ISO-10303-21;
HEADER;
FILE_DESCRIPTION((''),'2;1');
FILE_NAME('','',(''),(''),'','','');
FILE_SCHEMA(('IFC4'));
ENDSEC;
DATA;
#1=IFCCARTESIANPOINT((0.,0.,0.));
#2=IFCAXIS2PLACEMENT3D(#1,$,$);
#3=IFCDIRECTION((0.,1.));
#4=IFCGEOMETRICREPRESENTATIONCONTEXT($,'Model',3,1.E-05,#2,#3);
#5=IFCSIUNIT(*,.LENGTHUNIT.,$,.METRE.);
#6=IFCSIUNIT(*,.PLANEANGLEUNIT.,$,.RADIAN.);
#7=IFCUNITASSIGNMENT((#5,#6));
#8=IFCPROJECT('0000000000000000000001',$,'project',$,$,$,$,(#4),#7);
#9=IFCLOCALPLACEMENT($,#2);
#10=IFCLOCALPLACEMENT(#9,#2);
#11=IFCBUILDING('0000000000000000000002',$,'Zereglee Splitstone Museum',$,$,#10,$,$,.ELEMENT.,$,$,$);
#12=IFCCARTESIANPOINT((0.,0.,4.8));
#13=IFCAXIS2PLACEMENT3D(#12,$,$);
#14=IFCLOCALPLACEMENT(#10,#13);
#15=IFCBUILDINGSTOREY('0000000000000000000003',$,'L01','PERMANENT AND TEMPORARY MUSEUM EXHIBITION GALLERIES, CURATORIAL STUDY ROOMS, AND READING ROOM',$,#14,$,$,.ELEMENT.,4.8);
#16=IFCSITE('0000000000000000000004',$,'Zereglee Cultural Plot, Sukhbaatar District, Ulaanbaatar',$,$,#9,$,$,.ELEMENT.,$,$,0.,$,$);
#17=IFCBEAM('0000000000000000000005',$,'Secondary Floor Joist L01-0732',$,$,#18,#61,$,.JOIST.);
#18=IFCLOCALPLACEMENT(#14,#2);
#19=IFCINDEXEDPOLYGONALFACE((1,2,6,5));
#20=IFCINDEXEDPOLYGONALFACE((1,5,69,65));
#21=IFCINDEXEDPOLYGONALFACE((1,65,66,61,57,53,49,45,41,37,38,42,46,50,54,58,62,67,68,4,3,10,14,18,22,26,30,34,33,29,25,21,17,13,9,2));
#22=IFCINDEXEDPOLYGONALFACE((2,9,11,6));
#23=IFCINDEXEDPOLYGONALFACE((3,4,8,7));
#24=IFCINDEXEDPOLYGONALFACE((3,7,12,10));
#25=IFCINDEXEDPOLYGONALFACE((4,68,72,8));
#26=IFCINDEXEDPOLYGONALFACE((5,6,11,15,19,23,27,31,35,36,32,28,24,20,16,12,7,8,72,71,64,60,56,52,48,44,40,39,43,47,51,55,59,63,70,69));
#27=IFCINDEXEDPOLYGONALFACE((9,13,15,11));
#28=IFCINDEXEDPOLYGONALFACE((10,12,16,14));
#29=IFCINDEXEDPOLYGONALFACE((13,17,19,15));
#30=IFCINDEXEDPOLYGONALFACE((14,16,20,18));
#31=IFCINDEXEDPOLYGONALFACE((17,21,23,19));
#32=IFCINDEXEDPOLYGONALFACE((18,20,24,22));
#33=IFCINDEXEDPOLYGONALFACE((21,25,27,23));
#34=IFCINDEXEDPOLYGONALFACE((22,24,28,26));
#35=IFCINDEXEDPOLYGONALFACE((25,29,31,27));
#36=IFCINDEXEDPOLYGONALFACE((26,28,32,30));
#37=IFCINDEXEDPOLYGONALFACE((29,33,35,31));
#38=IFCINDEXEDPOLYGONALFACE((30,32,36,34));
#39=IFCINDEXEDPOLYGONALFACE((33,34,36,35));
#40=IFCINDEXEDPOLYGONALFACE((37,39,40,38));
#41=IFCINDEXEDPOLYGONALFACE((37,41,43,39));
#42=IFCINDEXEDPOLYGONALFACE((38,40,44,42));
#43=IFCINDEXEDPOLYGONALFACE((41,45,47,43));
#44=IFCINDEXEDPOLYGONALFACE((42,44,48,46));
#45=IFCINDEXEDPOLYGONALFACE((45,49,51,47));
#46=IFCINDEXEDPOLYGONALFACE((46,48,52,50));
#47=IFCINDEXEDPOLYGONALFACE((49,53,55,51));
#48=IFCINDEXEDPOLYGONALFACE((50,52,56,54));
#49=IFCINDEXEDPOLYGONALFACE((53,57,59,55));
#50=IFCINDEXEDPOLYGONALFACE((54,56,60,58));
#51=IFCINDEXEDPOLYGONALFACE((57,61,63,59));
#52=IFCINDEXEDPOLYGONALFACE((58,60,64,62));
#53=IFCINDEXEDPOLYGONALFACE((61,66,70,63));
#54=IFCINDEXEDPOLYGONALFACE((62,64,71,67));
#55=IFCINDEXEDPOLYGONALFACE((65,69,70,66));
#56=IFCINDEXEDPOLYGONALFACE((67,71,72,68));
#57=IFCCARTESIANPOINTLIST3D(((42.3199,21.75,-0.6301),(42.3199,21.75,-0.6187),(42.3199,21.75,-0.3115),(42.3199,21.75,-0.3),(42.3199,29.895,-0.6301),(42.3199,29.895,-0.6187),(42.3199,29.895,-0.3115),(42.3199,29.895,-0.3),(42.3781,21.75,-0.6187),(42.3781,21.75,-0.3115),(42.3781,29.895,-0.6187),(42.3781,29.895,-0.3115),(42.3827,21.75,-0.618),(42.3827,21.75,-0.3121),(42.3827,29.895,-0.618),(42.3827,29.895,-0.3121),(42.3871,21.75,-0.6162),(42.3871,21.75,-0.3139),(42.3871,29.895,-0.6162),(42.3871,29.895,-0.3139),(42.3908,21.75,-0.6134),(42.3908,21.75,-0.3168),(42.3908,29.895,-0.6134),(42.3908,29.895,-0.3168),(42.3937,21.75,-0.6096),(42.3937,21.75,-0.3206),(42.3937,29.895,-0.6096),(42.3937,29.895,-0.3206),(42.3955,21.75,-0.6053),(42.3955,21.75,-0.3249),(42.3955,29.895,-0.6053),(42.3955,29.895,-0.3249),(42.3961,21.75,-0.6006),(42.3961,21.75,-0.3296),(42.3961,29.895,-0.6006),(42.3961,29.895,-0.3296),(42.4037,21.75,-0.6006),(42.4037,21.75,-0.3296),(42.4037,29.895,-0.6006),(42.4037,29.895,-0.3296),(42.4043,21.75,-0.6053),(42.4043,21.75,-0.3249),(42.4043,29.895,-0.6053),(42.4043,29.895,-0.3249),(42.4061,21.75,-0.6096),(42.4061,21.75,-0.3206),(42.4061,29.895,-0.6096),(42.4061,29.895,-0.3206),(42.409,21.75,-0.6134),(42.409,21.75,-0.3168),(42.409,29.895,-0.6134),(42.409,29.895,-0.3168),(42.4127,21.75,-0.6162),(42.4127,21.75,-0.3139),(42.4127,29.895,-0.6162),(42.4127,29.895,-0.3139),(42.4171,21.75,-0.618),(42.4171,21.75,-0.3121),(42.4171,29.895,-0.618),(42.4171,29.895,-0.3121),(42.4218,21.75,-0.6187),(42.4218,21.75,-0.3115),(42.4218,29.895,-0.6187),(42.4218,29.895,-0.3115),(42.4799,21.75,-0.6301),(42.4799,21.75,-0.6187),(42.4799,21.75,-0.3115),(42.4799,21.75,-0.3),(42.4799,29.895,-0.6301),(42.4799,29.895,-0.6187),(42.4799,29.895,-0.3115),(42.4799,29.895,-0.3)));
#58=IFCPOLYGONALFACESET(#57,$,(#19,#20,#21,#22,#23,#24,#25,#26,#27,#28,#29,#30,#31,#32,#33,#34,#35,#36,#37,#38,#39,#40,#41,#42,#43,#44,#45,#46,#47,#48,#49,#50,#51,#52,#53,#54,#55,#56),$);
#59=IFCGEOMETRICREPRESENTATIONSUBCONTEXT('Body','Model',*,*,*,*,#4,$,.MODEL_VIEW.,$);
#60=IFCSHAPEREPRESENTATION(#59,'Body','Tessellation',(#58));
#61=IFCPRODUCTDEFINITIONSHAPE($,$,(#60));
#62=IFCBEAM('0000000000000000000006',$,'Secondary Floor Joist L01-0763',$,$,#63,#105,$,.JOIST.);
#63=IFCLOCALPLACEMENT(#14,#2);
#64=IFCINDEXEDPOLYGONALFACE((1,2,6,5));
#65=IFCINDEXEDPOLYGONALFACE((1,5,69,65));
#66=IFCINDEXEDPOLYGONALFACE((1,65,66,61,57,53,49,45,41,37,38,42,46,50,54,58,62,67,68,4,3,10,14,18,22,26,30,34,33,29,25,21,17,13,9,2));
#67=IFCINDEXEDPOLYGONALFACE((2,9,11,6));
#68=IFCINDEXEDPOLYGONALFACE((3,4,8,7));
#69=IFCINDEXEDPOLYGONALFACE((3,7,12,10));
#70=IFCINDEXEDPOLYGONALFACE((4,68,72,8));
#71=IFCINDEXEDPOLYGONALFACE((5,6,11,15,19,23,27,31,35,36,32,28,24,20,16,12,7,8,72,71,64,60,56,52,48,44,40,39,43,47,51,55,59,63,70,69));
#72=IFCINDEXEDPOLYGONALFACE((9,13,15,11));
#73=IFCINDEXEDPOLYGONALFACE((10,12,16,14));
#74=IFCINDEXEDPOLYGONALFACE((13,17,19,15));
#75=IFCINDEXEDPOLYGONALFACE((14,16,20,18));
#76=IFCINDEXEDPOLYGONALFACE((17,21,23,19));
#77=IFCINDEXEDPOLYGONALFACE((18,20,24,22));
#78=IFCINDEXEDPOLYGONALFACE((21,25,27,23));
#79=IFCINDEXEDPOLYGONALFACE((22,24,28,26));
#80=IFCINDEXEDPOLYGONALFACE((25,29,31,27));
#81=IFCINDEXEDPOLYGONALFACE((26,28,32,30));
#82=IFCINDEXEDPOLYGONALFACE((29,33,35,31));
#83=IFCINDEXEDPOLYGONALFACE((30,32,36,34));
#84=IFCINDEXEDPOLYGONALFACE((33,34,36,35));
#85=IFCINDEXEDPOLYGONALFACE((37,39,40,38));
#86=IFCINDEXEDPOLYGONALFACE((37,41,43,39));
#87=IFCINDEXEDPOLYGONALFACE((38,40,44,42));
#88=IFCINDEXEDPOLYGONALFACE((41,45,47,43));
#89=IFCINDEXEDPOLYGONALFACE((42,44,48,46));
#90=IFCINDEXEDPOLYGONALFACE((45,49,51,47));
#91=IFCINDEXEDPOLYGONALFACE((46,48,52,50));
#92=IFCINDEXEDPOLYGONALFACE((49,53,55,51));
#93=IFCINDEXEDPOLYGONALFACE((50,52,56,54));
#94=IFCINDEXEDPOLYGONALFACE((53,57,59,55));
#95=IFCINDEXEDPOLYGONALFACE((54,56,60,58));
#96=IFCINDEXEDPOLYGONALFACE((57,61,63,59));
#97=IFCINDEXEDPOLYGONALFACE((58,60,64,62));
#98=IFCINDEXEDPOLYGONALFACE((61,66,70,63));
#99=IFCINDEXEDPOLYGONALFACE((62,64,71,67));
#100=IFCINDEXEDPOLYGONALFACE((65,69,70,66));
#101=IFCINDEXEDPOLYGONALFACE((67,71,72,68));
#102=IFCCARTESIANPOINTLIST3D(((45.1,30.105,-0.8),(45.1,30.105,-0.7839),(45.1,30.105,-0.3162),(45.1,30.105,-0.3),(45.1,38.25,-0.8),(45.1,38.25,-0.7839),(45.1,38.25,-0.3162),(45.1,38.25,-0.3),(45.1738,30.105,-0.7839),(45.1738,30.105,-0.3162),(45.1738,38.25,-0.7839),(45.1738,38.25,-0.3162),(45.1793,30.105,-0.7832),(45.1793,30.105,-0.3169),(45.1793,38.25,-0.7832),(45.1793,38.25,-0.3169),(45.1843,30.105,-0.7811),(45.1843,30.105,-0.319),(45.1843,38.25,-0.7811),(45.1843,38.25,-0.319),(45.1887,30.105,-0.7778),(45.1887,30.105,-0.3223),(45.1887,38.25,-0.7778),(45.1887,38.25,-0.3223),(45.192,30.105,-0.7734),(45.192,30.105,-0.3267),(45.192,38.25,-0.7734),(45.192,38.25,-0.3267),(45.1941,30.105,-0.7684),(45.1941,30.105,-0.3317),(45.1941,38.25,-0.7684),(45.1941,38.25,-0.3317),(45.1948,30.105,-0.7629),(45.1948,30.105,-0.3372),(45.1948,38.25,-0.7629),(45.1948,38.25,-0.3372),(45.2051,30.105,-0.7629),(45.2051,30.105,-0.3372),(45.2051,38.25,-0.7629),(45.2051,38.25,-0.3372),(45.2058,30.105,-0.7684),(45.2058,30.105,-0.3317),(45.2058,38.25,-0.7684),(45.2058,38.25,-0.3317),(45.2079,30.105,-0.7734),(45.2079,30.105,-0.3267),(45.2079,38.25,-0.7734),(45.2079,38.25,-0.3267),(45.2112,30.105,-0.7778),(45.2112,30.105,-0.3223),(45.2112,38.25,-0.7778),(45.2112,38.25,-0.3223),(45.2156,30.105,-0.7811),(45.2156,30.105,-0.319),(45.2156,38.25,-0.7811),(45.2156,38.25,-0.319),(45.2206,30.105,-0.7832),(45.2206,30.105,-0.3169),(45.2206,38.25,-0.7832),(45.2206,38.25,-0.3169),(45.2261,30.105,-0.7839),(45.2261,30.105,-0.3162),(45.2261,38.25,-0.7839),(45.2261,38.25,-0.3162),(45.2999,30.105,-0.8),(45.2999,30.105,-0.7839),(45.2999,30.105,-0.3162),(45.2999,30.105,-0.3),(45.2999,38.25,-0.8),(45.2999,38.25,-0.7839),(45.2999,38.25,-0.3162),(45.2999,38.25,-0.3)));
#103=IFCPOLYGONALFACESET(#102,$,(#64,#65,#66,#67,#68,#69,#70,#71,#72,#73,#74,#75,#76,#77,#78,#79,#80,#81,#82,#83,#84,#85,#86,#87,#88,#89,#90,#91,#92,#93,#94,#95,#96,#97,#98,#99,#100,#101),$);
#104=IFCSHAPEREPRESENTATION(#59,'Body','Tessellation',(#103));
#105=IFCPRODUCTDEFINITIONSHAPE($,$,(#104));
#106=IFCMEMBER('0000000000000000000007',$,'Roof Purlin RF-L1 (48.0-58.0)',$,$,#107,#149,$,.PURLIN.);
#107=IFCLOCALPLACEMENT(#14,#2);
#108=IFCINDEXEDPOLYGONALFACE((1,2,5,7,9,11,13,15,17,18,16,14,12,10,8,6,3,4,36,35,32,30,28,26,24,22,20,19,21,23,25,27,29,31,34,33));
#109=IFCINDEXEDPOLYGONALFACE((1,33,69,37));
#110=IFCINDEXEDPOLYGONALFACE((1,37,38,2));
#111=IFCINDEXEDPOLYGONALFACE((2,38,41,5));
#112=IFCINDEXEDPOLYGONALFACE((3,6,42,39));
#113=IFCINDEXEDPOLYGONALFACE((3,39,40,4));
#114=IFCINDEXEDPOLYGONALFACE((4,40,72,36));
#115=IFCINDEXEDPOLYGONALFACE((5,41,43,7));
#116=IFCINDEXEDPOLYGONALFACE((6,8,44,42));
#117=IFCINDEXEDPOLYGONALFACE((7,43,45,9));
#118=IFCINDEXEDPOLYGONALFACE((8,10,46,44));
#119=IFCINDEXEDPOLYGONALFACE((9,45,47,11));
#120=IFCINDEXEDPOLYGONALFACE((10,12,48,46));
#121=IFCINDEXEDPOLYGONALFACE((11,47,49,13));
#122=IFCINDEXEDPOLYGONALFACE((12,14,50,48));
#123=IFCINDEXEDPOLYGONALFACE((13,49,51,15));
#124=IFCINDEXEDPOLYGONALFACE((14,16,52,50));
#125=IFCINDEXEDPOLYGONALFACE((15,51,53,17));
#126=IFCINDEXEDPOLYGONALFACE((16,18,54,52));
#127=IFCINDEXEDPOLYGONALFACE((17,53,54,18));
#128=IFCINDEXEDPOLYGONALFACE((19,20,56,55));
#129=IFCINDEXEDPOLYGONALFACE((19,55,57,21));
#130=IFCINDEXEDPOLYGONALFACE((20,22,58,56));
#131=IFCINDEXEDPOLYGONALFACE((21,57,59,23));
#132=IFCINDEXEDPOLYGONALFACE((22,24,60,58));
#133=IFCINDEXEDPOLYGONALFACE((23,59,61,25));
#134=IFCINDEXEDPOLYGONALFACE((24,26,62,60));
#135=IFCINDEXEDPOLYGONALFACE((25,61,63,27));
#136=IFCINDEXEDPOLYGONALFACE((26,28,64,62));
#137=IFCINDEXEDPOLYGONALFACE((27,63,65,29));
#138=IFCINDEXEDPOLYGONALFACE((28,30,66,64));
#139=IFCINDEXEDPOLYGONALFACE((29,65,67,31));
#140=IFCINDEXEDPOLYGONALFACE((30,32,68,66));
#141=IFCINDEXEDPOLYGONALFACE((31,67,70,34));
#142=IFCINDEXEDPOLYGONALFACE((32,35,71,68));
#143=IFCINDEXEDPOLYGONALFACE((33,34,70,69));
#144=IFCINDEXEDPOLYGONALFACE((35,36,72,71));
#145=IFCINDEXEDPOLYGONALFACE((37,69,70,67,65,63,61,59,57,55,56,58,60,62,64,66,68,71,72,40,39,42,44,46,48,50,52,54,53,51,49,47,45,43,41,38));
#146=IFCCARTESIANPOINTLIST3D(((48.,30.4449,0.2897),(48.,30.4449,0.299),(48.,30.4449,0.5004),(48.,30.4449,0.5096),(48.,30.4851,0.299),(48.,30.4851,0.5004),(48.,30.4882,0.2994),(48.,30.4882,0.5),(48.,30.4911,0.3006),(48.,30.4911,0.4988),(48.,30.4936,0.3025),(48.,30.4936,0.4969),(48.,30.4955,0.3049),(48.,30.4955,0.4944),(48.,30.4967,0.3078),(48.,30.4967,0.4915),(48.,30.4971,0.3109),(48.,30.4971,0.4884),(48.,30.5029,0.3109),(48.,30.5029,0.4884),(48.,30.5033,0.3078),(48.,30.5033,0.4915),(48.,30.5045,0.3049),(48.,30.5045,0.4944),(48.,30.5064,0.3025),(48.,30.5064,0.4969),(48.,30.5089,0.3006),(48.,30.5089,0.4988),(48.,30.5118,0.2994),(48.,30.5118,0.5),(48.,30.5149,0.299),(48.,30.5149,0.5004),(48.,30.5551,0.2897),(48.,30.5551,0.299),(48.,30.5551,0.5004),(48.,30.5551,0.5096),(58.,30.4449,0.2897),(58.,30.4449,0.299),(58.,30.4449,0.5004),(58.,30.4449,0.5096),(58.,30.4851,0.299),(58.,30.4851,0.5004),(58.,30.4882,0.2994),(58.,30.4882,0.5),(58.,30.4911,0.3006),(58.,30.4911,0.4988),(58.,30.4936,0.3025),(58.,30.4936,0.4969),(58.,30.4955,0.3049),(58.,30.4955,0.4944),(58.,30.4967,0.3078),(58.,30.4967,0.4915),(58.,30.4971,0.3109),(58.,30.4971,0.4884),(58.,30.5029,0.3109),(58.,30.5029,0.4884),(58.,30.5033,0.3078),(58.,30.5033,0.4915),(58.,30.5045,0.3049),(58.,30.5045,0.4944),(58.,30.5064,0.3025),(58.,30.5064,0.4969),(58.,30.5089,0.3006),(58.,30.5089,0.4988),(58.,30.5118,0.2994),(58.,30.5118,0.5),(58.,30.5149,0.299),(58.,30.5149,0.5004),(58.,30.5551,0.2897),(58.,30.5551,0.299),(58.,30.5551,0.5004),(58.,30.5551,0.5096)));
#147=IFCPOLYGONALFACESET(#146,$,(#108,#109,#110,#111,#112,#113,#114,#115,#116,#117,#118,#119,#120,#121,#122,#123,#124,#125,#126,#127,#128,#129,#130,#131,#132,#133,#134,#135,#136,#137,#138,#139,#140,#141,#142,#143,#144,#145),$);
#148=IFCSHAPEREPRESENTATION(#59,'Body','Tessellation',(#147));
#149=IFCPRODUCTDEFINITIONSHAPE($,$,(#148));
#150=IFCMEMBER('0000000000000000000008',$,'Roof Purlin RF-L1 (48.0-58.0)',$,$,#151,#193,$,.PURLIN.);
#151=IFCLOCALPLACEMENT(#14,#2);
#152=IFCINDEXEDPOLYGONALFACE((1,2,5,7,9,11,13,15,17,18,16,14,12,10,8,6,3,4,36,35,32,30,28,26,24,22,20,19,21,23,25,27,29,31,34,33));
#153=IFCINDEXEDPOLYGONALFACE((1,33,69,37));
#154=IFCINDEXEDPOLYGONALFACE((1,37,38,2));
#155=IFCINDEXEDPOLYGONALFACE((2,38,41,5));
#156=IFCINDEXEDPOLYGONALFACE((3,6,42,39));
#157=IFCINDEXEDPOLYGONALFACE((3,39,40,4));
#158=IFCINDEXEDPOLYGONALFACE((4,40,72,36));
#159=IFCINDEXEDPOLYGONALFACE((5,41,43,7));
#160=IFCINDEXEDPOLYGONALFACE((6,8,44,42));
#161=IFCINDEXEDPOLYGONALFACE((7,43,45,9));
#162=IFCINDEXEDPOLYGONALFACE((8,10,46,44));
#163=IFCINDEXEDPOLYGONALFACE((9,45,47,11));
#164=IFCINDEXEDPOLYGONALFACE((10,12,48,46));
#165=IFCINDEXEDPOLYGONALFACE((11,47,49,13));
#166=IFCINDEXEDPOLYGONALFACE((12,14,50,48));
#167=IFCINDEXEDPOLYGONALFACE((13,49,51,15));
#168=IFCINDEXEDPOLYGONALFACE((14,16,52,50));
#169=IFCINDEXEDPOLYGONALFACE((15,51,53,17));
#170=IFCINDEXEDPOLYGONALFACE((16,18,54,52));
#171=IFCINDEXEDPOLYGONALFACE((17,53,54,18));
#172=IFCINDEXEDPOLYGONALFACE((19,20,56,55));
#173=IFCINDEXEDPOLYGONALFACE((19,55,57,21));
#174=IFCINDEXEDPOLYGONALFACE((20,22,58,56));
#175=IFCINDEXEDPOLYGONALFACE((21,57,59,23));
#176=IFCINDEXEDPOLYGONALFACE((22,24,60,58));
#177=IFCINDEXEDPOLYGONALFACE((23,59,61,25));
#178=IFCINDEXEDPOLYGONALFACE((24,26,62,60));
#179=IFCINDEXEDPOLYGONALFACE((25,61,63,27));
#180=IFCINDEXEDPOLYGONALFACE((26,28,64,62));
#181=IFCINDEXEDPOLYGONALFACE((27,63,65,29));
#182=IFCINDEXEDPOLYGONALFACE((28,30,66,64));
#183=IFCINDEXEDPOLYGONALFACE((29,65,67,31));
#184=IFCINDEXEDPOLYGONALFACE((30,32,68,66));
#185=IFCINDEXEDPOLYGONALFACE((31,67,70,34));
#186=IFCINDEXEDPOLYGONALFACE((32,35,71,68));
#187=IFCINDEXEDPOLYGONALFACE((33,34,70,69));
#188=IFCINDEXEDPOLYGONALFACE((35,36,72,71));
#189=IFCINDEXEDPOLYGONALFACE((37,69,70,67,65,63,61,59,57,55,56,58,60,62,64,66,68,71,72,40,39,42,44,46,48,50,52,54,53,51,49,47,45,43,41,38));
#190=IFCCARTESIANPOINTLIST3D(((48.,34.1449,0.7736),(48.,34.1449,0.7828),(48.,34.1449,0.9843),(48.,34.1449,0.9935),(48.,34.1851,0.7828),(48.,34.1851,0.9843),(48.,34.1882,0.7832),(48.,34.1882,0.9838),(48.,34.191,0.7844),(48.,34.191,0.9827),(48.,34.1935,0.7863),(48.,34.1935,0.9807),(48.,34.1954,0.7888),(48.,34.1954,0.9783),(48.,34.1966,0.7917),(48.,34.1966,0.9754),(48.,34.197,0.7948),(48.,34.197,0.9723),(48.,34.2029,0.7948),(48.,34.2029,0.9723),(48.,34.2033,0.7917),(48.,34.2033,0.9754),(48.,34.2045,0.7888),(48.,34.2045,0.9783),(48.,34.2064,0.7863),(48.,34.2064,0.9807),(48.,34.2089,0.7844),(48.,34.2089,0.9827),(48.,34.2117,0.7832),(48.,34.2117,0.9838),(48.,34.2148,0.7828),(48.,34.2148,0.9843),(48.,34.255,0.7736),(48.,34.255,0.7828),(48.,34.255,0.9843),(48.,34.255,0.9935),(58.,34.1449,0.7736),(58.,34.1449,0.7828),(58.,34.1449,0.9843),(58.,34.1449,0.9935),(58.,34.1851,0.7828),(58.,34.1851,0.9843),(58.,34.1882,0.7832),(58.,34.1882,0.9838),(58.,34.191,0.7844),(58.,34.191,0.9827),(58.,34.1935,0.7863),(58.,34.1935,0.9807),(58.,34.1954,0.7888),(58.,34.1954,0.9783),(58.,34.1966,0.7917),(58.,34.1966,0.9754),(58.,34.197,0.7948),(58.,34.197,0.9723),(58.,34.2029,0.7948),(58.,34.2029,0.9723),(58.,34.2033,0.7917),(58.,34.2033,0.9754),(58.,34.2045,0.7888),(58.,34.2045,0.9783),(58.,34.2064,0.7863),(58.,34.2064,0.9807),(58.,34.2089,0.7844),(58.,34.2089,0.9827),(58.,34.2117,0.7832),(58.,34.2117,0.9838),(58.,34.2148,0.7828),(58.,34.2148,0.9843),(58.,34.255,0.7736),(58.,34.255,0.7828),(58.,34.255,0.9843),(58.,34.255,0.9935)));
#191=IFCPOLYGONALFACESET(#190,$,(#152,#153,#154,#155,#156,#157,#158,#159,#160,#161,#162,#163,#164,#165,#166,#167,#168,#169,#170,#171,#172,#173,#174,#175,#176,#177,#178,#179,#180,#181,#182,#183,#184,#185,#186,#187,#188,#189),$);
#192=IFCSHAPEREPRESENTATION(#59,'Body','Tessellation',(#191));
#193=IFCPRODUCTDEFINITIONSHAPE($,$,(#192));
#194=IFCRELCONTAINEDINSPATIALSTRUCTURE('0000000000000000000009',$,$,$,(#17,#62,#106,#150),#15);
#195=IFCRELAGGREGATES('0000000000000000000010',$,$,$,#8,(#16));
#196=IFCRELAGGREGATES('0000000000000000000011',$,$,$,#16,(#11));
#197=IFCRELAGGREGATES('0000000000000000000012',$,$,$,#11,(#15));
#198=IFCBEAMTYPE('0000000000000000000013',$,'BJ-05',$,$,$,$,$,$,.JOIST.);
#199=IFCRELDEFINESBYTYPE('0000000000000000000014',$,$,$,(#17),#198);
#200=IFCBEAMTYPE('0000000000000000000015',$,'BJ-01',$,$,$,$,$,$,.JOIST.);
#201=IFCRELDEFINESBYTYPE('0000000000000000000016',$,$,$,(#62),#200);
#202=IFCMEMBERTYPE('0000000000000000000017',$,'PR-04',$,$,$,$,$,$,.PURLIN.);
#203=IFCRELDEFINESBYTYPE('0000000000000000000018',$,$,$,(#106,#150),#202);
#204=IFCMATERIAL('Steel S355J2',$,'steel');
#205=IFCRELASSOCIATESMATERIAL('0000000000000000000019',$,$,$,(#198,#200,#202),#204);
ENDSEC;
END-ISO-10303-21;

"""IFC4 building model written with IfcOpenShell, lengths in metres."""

from ifc_helpers import new_model, si_unit, direction, frame, origin, origin_2d, place, context, subcontext, project, spatial, i_section, extrude, material, material_profile, profile_set, type_object, element, save


model = new_model("IFC4")

# Units and contexts
model_context = context("Model", 3, precision=1e-05, world=origin(), true_north=direction((0.0, 1.0)))
body_context = subcontext(model_context, "Body", "Model", "MODEL_VIEW")
ifc_project = project(units=[si_unit("LENGTHUNIT", "METRE"), si_unit("PLANEANGLEUNIT", "RADIAN")], contexts=[model_context])

# Site, building, storey
site_placement = place(None, origin())
site = spatial("IfcSite", under=ifc_project, at=site_placement, Name="Zereglee Cultural Plot, Sukhbaatar District, Ulaanbaatar", CompositionType="ELEMENT", RefElevation=0.0)
building_placement = place(site_placement, origin())
building = spatial("IfcBuilding", under=site, at=building_placement, Name="Zereglee Splitstone Museum", CompositionType="ELEMENT")
storey_placement = place(building_placement, frame((0.0, 0.0, 4.8)))
storey = spatial("IfcBuildingStorey", under=building, at=storey_placement, Name="L01", Description="PERMANENT AND TEMPORARY MUSEUM EXHIBITION GALLERIES, CURATORIAL STUDY ROOMS, AND READING ROOM", CompositionType="ELEMENT", Elevation=4.8)

# Shared definitions
ifc_material_1 = material(Name="Steel S355J2", Category="steel")

# Beams
ifc_material_profile_1 = material_profile(ifc_material_1, i_section(OverallWidth=0.1599, OverallDepth=0.3301, WebThickness=0.0076, FlangeThickness=0.0115, FilletRadius=0.0181, at=origin_2d()), Name="IPE 330")
ifc_profile_set_1 = profile_set([ifc_material_profile_1], Name="Steel S355J2")
beam_type_1 = type_object("IfcBeamType", Name="BJ-05", PredefinedType="JOIST", material=ifc_profile_set_1)
beam_1_placement = place(storey_placement, frame((42.3999, 21.75, -0.4651), z_axis=(0.0, 1.0, 0.0), x_axis=(-1.0, 0.0, 0.0)))
element("IfcBeam", 1, at=beam_1_placement, inside=storey, type_object=beam_type_1, Name="Secondary Floor Joist L01-0732", PredefinedType="JOIST", context=body_context, shape_type="SweptSolid", body=[
    extrude(i_section(OverallWidth=0.1599, OverallDepth=0.3301, WebThickness=0.0076, FlangeThickness=0.0115, FilletRadius=0.0181, at=origin_2d()), origin(), (0.0, 0.0, 1.0), 8.145),
])
ifc_material_profile_2 = material_profile(ifc_material_1, i_section(OverallWidth=0.2, OverallDepth=0.5, WebThickness=0.0103, FlangeThickness=0.0161, FilletRadius=0.021, at=origin_2d()), Name="IPE 500")
ifc_profile_set_2 = profile_set([ifc_material_profile_2], Name="Steel S355J2")
beam_type_2 = type_object("IfcBeamType", Name="BJ-01", PredefinedType="JOIST", material=ifc_profile_set_2)
beam_2_placement = place(storey_placement, frame((45.2, 30.105, -0.55), z_axis=(0.0, 1.0, 0.0), x_axis=(-1.0, 0.0, 0.0)))
element("IfcBeam", 2, at=beam_2_placement, inside=storey, type_object=beam_type_2, Name="Secondary Floor Joist L01-0763", PredefinedType="JOIST", context=body_context, shape_type="SweptSolid", body=[
    extrude(i_section(OverallWidth=0.2, OverallDepth=0.5, WebThickness=0.0103, FlangeThickness=0.0161, FilletRadius=0.021, at=origin_2d()), origin(), (0.0, 0.0, 1.0), 8.145),
])

# Members
ifc_material_profile_3 = material_profile(ifc_material_1, i_section(OverallWidth=0.1101, OverallDepth=0.22, WebThickness=0.0059, FlangeThickness=0.0093, FilletRadius=0.012, at=origin_2d()), Name="IPE 220")
ifc_profile_set_3 = profile_set([ifc_material_profile_3], Name="Steel S355J2")
member_type = type_object("IfcMemberType", Name="PR-04", PredefinedType="PURLIN", material=ifc_profile_set_3)
for number, where, z_axis, x_axis, name in (
    (3, (48.0, 30.5, 0.3997), (1.0, 0.0, 0.0), (0.0, 1.0, 0.0), "Roof Purlin RF-L1 (48.0-58.0)"),
    (4, (48.0, 34.2, 0.8835), (1.0, 0.0, 0.0), (0.0, 1.0, 0.0), "Roof Purlin RF-L1 (48.0-58.0)"),
):
    element("IfcMember", number, at=place(storey_placement, frame(where, z_axis=z_axis, x_axis=x_axis)), inside=storey, type_object=member_type, Name=name, PredefinedType="PURLIN", context=body_context, shape_type="SweptSolid", body=[
        extrude(i_section(OverallWidth=0.1101, OverallDepth=0.22, WebThickness=0.0059, FlangeThickness=0.0093, FilletRadius=0.012, at=origin_2d()), origin(), (0.0, 0.0, 1.0), 10.0),
    ])

save(model, "model.ifc")
